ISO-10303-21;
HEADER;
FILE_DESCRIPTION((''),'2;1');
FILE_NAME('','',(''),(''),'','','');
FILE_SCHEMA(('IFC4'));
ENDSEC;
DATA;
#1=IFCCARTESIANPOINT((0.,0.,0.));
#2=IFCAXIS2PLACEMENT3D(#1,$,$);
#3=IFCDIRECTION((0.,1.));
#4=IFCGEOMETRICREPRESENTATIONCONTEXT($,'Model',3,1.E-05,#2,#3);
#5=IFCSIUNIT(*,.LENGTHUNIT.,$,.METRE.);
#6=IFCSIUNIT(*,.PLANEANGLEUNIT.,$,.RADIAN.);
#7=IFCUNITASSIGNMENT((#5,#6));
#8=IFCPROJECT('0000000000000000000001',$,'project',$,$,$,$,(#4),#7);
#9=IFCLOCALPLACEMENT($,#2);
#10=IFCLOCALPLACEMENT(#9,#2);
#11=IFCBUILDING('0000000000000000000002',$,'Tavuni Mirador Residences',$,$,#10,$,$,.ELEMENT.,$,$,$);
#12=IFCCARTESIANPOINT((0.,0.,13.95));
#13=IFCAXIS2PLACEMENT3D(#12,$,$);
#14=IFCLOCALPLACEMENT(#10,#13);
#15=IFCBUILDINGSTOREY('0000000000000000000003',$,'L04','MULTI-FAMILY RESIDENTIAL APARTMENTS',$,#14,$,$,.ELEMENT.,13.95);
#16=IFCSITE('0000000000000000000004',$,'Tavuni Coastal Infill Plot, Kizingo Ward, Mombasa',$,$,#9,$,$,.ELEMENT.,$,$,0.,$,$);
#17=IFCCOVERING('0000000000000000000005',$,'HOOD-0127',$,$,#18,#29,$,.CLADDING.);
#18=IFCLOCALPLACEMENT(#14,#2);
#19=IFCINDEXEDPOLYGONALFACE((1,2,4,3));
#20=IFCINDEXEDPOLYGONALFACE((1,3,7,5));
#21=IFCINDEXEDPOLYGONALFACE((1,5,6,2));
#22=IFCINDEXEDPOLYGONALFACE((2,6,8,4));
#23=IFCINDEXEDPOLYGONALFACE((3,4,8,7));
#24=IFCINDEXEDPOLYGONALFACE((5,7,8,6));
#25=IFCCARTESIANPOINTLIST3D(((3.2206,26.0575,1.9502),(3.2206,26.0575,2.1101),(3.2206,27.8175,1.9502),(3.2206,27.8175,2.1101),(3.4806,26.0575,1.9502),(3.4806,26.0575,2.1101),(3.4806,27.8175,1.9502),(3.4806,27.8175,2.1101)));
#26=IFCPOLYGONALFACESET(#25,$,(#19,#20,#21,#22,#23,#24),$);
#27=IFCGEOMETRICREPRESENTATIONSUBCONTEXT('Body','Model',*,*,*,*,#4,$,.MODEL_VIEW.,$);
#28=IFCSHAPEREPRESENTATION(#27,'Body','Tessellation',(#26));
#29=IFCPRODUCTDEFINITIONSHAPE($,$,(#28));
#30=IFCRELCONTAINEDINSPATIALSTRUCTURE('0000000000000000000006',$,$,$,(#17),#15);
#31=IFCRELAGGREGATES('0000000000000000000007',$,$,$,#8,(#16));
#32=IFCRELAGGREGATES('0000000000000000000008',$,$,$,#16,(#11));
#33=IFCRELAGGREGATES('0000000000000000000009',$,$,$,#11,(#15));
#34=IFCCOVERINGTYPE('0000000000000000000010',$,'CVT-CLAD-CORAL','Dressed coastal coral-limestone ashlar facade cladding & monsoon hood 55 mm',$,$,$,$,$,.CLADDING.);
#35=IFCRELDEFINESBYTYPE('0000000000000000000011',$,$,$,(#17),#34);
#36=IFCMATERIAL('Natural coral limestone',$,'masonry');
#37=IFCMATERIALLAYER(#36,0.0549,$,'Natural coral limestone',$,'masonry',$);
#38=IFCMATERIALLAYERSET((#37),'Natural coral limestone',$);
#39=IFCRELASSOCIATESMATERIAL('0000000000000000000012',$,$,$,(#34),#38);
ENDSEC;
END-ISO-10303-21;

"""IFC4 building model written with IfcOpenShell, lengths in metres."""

from ifc_helpers import new_model, si_unit, direction, frame, origin, origin_2d, place, context, subcontext, project, spatial, rectangle, extrude, material, layer, layer_set, type_object, element, save


model = new_model("IFC4")

# Units and contexts
model_context = context("Model", 3, precision=1e-05, world=origin(), true_north=direction((0.0, 1.0)))
body_context = subcontext(model_context, "Body", "Model", "MODEL_VIEW")
ifc_project = project(units=[si_unit("LENGTHUNIT", "METRE"), si_unit("PLANEANGLEUNIT", "RADIAN")], contexts=[model_context])

# Site, building, storey
site_placement = place(None, origin())
site = spatial("IfcSite", under=ifc_project, at=site_placement, Name="Tavuni Coastal Infill Plot, Kizingo Ward, Mombasa", CompositionType="ELEMENT", RefElevation=0.0)
building_placement = place(site_placement, origin())
building = spatial("IfcBuilding", under=site, at=building_placement, Name="Tavuni Mirador Residences", CompositionType="ELEMENT")
storey_placement = place(building_placement, frame((0.0, 0.0, 13.95)))
storey = spatial("IfcBuildingStorey", under=building, at=storey_placement, Name="L04", Description="MULTI-FAMILY RESIDENTIAL APARTMENTS", CompositionType="ELEMENT", Elevation=13.95)

# Covering
ifc_material_1 = material(Name="Natural coral limestone", Category="masonry")
ifc_layer_1 = layer(ifc_material_1, 0.0549, Name="Natural coral limestone", Category="masonry")
ifc_layer_set_1 = layer_set([ifc_layer_1], Name="Natural coral limestone")
covering_type = type_object("IfcCoveringType", Name="CVT-CLAD-CORAL", Description="Dressed coastal coral-limestone ashlar facade cladding & monsoon hood 55 mm", PredefinedType="CLADDING", material=ifc_layer_set_1)
covering_placement = place(storey_placement, frame((3.3506, 26.9375, 1.9502), z_axis=(0.0, 0.0, 1.0), x_axis=(0.0, -1.0, 0.0)))
element("IfcCovering", 1, at=covering_placement, inside=storey, type_object=covering_type, Name="HOOD-0127", PredefinedType="CLADDING", context=body_context, shape_type="SweptSolid", body=[
    extrude(rectangle(XDim=1.76, YDim=0.26, at=origin_2d()), origin(), (0.0, 0.0, 1.0), 0.1599),
])

save(model, "model.ifc")
